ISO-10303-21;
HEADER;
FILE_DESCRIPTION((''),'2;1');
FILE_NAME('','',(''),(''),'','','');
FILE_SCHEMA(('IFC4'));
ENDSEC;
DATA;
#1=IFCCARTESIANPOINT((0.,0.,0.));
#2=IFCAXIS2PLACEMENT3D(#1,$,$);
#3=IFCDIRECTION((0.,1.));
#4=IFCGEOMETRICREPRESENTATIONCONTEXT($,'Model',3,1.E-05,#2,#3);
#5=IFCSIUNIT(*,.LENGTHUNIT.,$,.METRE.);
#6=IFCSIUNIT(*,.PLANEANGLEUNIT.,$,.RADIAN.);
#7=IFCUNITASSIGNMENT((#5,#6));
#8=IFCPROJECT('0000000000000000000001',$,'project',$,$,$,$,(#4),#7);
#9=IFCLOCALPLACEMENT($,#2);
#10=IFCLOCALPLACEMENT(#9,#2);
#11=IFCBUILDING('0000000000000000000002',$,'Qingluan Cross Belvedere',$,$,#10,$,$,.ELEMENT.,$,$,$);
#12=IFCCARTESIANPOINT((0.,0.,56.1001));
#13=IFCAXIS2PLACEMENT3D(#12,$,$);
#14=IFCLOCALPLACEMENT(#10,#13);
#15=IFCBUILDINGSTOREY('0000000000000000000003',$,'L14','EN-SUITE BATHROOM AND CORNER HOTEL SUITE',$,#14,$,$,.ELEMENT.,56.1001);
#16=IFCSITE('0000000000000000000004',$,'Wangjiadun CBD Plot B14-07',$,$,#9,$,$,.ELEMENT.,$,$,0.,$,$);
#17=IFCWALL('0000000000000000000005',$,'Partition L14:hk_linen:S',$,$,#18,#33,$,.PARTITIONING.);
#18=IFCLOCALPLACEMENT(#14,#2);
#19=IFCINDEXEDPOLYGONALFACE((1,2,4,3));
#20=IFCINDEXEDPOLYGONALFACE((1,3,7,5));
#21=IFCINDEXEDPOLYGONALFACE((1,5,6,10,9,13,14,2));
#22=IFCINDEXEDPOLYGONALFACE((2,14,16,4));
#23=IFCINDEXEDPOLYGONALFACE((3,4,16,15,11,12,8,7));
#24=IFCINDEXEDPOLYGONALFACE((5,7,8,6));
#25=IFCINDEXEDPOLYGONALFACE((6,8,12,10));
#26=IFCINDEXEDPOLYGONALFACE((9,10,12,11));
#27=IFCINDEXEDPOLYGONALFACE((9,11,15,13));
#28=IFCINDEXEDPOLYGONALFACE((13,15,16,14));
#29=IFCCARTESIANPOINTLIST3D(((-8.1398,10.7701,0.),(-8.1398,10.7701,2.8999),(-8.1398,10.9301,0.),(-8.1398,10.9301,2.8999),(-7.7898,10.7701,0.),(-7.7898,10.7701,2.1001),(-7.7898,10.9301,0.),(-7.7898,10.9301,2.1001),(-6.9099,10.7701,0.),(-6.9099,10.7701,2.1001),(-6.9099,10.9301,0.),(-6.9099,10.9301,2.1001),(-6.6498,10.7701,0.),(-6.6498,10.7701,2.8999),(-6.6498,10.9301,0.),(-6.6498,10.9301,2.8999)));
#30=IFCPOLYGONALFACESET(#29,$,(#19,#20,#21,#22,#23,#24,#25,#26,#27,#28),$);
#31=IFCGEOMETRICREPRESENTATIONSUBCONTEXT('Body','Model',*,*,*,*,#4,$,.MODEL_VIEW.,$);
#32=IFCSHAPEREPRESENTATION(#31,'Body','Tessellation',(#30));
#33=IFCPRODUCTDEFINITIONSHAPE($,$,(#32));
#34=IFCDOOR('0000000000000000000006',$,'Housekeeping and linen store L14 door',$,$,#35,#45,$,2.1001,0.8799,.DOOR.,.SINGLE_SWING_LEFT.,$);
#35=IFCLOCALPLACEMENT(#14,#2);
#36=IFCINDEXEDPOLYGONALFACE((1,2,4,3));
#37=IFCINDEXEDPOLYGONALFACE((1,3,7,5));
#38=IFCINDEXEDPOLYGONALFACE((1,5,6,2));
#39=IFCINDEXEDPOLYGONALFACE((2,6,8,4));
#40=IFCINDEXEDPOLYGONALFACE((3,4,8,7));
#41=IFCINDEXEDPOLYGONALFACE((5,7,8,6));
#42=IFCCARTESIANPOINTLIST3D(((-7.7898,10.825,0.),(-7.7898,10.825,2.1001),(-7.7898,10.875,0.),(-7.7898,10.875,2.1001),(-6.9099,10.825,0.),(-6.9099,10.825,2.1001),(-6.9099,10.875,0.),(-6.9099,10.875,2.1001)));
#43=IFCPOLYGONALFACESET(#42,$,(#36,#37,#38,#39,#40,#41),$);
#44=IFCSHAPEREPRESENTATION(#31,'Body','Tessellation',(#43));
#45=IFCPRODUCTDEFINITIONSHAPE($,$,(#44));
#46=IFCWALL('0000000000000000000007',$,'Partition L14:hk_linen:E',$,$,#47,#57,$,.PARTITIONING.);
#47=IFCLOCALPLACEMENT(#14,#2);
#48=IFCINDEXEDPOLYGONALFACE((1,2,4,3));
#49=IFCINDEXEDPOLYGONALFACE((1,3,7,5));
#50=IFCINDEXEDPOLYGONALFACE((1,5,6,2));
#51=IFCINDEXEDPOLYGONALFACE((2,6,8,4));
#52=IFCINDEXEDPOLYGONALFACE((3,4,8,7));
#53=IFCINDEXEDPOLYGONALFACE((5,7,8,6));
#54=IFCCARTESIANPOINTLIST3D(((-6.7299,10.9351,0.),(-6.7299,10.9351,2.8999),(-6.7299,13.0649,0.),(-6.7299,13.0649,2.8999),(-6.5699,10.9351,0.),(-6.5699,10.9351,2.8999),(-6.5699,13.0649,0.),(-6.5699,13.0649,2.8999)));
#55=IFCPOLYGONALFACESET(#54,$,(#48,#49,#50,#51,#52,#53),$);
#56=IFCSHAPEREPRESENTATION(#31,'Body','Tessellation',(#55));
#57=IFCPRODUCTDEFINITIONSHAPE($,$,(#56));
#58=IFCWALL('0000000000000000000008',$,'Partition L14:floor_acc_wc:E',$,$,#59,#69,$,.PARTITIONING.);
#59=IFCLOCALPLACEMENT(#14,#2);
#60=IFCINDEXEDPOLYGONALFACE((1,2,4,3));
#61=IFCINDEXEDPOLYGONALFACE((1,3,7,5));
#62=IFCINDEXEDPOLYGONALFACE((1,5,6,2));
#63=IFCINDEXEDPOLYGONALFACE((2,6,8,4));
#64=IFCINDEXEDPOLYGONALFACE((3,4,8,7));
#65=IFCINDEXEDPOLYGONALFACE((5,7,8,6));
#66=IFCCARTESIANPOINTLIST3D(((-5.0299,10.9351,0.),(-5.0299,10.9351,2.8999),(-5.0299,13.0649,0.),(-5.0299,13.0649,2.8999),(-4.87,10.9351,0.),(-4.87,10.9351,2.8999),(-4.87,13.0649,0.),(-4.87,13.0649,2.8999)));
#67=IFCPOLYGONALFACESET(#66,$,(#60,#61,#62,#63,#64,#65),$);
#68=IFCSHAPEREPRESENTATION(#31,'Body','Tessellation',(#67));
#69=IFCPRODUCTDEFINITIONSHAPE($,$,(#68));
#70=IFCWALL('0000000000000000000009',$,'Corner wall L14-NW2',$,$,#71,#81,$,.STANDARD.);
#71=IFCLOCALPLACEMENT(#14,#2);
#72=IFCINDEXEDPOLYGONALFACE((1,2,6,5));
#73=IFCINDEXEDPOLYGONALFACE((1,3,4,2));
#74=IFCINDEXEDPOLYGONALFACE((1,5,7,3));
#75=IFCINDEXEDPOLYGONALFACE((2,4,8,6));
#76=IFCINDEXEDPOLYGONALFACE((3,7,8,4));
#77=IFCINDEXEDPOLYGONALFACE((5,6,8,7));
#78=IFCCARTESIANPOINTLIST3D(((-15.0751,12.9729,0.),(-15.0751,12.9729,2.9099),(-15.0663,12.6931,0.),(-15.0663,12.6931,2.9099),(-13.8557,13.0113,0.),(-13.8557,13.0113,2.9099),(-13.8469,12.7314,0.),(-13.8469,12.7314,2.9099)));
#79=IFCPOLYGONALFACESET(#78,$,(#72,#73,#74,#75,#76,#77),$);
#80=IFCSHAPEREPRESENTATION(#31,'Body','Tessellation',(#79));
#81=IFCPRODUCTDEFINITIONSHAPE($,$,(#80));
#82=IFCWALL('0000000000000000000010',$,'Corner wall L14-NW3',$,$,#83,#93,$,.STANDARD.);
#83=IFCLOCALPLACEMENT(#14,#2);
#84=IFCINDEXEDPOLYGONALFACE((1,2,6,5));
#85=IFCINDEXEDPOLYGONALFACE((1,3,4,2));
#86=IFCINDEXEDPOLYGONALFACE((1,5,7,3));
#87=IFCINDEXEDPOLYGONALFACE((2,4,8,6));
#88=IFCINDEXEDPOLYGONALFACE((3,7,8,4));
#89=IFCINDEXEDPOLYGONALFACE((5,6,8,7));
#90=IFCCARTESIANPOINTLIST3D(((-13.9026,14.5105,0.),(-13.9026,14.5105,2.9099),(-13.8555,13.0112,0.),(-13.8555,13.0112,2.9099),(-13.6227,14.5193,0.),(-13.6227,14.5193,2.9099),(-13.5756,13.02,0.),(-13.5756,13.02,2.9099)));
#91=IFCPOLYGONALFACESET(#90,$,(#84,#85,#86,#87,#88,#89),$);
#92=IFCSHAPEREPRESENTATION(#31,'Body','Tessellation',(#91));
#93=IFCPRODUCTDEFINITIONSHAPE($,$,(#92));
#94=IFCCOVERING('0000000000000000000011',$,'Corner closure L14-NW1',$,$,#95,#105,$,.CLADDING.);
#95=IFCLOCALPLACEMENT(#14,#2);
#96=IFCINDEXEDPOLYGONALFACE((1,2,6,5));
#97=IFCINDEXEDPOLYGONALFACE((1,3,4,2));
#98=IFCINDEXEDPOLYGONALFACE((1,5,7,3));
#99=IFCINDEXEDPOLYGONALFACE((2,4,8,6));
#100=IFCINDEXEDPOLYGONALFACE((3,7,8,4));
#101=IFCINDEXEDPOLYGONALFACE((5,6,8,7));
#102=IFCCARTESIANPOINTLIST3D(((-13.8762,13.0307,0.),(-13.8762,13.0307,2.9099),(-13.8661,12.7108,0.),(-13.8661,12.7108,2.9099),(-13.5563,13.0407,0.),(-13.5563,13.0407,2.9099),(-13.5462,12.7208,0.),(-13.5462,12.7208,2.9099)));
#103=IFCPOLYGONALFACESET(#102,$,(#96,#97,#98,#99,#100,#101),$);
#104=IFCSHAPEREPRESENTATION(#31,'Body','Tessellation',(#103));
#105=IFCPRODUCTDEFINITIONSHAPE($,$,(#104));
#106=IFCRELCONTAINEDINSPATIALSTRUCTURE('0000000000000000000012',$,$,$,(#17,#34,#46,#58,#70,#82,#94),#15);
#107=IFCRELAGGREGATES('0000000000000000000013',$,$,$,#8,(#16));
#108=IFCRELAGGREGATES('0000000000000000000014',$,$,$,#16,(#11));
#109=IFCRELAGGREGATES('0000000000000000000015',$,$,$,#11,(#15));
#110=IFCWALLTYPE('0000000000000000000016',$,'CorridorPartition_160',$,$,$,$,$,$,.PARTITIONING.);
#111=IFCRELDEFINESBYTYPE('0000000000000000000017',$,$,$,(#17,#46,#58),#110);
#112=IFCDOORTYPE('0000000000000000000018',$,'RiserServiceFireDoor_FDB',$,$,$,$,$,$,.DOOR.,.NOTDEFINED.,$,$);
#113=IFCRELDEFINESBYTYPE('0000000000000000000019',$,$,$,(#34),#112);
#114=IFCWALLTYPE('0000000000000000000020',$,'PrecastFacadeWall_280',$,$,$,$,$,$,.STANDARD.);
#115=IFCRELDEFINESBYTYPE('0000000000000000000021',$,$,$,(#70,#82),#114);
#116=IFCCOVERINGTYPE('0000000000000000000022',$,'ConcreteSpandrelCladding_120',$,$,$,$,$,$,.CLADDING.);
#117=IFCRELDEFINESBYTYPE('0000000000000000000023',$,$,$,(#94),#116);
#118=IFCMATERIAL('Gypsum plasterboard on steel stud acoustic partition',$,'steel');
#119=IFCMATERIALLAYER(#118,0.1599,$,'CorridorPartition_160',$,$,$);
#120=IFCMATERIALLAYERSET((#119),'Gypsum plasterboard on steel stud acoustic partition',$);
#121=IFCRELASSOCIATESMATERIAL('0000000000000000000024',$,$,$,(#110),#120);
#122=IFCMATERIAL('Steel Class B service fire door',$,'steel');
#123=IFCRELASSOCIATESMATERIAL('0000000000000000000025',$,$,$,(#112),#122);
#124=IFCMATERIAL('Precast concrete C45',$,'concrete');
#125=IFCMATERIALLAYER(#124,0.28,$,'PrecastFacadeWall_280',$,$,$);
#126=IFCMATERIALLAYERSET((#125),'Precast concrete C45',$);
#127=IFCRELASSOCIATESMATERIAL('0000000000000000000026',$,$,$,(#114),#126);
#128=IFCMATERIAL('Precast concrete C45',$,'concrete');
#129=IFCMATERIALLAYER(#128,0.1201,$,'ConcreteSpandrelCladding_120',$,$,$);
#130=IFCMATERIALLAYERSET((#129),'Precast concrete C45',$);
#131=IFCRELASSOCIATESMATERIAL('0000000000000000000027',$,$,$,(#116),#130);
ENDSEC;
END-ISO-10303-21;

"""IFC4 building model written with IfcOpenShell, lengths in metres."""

from ifc_helpers import new_model, si_unit, direction, frame, frame_2d, origin, origin_2d, place, context, subcontext, project, spatial, rectangle, extrude, material, layer, layer_set, type_object, element, fill, save


model = new_model("IFC4")

# Units and contexts
model_context = context("Model", 3, precision=1e-05, world=origin(), true_north=direction((0.0, 1.0)))
body_context = subcontext(model_context, "Body", "Model", "MODEL_VIEW")
ifc_project = project(units=[si_unit("LENGTHUNIT", "METRE"), si_unit("PLANEANGLEUNIT", "RADIAN")], contexts=[model_context])

# Site, building, storey
site_placement = place(None, origin())
site = spatial("IfcSite", under=ifc_project, at=site_placement, Name="Wangjiadun CBD Plot B14-07", CompositionType="ELEMENT", RefElevation=0.0)
building_placement = place(site_placement, origin())
building = spatial("IfcBuilding", under=site, at=building_placement, Name="Qingluan Cross Belvedere", CompositionType="ELEMENT")
storey_placement = place(building_placement, frame((0.0, 0.0, 56.1001)))
storey = spatial("IfcBuildingStorey", under=building, at=storey_placement, Name="L14", Description="EN-SUITE BATHROOM AND CORNER HOTEL SUITE", CompositionType="ELEMENT", Elevation=56.1001)

# Shared definitions
ifc_material_1 = material(Name="Gypsum plasterboard on steel stud acoustic partition", Category="steel")
ifc_layer_1 = layer(ifc_material_1, 0.1599, Name="CorridorPartition_160")
ifc_layer_set_1 = layer_set([ifc_layer_1], Name="Gypsum plasterboard on steel stud acoustic partition")
wall_type_1 = type_object("IfcWallType", Name="CorridorPartition_160", PredefinedType="PARTITIONING", material=ifc_layer_set_1)

# Wall, opening, door
wall_1_placement = place(storey_placement, frame((-8.1399, 10.8501, 0.0), z_axis=(0.0, 0.0, 1.0), x_axis=(1.0, 0.0, 0.0)))
wall_1 = element("IfcWall", 1, at=wall_1_placement, inside=storey, type_object=wall_type_1, Name="Partition L14:hk_linen:S", PredefinedType="PARTITIONING", context=body_context, shape_type="SweptSolid", body=[
    extrude(rectangle(XDim=1.49, YDim=0.1599, at=frame_2d((0.7451, 0.0))), origin(), (0.0, 0.0, 1.0), 2.8999),
])
opening_1_placement = place(wall_1_placement, frame((0.3501, 0.0, 0.0)))
opening_1 = element("IfcOpeningElement", 2, at=opening_1_placement, cuts=wall_1, PredefinedType="OPENING", context=body_context, shape_type="SweptSolid", body=[
    extrude(rectangle(XDim=0.8799, YDim=2.1001, at=frame_2d((0.4399, 1.05))), frame((0.0, 0.0898, 0.0), z_axis=(0.0, -1.0, 0.0), x_axis=(1.0, 0.0, 0.0)), (0.0, 0.0, 1.0), 0.1799),
])
ifc_material_2 = material(Name="Steel Class B service fire door", Category="steel")
door_type_1 = type_object("IfcDoorType", Name="RiserServiceFireDoor_FDB", OperationType="NOTDEFINED", PredefinedType="DOOR", material=ifc_material_2)
door_1_placement = place(opening_1_placement, origin())
door_1 = element("IfcDoor", 3, at=door_1_placement, inside=storey, type_object=door_type_1, Name="Housekeeping and linen store L14 door", OperationType="SINGLE_SWING_LEFT", OverallHeight=2.1001, OverallWidth=0.8799, PredefinedType="DOOR", context=body_context, shape_type="SweptSolid", body=[
    extrude(rectangle(XDim=0.8799, YDim=2.1001, at=frame_2d((0.4399, 1.05))), frame((0.0, 0.0249, 0.0), z_axis=(0.0, -1.0, 0.0), x_axis=(1.0, 0.0, 0.0)), (0.0, 0.0, 1.0), 0.05),
])
fill(opening_1, door_1)

# Wall
wall_2_placement = place(storey_placement, frame((-6.6499, 10.9351, 0.0), z_axis=(0.0, 0.0, 1.0), x_axis=(0.0, 1.0, 0.0)))
element("IfcWall", 4, at=wall_2_placement, inside=storey, type_object=wall_type_1, Name="Partition L14:hk_linen:E", PredefinedType="PARTITIONING", context=body_context, shape_type="SweptSolid", body=[
    extrude(rectangle(XDim=2.1299, YDim=0.1599, at=frame_2d((1.0649, 0.0))), origin(), (0.0, 0.0, 1.0), 2.8999),
])

# Walls
wall_3_placement = place(storey_placement, frame((-4.95, 10.9351, 0.0), z_axis=(0.0, 0.0, 1.0), x_axis=(0.0, 1.0, 0.0)))
element("IfcWall", 5, at=wall_3_placement, inside=storey, type_object=wall_type_1, Name="Partition L14:floor_acc_wc:E", PredefinedType="PARTITIONING", context=body_context, shape_type="SweptSolid", body=[
    extrude(rectangle(XDim=2.1299, YDim=0.1599, at=frame_2d((1.0649, 0.0))), origin(), (0.0, 0.0, 1.0), 2.8999),
])
ifc_material_3 = material(Name="Precast concrete C45", Category="concrete")
ifc_layer_2 = layer(ifc_material_3, 0.28, Name="PrecastFacadeWall_280")
ifc_layer_set_2 = layer_set([ifc_layer_2], Name="Precast concrete C45")
wall_type_2 = type_object("IfcWallType", Name="PrecastFacadeWall_280", PredefinedType="STANDARD", material=ifc_layer_set_2)
wall_4_placement = place(storey_placement, frame((-15.0706, 12.833, 0.0), z_axis=(0.0, 0.0, 1.0), x_axis=(0.999506, 0.031416, 0.0)))
element("IfcWall", 6, at=wall_4_placement, inside=storey, type_object=wall_type_2, Name="Corner wall L14-NW2", PredefinedType="STANDARD", context=body_context, shape_type="SweptSolid", body=[
    extrude(rectangle(XDim=1.22, YDim=0.28, at=frame_2d((0.6099, 0.0))), origin(), (0.0, 0.0, 1.0), 2.9099),
])
wall_5_placement = place(storey_placement, frame((-13.7156, 13.0156, 0.0), z_axis=(0.0, 0.0, 1.0), x_axis=(-0.031413, 0.999507, 0.0)))
element("IfcWall", 7, at=wall_5_placement, inside=storey, type_object=wall_type_2, Name="Corner wall L14-NW3", PredefinedType="STANDARD", context=body_context, shape_type="SweptSolid", body=[
    extrude(rectangle(XDim=1.5, YDim=0.28, at=frame_2d((0.75, 0.0))), origin(), (0.0, 0.0, 1.0), 2.9099),
])

# Covering
ifc_material_4 = material(Name="Precast concrete C45", Category="concrete")
ifc_layer_3 = layer(ifc_material_4, 0.1201, Name="ConcreteSpandrelCladding_120")
ifc_layer_set_3 = layer_set([ifc_layer_3], Name="Precast concrete C45")
covering_type = type_object("IfcCoveringType", Name="ConcreteSpandrelCladding_120", PredefinedType="CLADDING", material=ifc_layer_set_3)
covering_placement = place(storey_placement, frame((-13.7112, 12.8757, 0.0), z_axis=(0.0, 0.0, 1.0), x_axis=(0.999507, 0.031411, 0.0)))
element("IfcCovering", 8, at=covering_placement, inside=storey, type_object=covering_type, Name="Corner closure L14-NW1", PredefinedType="CLADDING", context=body_context, shape_type="SweptSolid", body=[
    extrude(rectangle(XDim=0.3201, YDim=0.3201, at=origin_2d()), origin(), (0.0, 0.0, 1.0), 2.9099),
])

save(model, "model.ifc")
